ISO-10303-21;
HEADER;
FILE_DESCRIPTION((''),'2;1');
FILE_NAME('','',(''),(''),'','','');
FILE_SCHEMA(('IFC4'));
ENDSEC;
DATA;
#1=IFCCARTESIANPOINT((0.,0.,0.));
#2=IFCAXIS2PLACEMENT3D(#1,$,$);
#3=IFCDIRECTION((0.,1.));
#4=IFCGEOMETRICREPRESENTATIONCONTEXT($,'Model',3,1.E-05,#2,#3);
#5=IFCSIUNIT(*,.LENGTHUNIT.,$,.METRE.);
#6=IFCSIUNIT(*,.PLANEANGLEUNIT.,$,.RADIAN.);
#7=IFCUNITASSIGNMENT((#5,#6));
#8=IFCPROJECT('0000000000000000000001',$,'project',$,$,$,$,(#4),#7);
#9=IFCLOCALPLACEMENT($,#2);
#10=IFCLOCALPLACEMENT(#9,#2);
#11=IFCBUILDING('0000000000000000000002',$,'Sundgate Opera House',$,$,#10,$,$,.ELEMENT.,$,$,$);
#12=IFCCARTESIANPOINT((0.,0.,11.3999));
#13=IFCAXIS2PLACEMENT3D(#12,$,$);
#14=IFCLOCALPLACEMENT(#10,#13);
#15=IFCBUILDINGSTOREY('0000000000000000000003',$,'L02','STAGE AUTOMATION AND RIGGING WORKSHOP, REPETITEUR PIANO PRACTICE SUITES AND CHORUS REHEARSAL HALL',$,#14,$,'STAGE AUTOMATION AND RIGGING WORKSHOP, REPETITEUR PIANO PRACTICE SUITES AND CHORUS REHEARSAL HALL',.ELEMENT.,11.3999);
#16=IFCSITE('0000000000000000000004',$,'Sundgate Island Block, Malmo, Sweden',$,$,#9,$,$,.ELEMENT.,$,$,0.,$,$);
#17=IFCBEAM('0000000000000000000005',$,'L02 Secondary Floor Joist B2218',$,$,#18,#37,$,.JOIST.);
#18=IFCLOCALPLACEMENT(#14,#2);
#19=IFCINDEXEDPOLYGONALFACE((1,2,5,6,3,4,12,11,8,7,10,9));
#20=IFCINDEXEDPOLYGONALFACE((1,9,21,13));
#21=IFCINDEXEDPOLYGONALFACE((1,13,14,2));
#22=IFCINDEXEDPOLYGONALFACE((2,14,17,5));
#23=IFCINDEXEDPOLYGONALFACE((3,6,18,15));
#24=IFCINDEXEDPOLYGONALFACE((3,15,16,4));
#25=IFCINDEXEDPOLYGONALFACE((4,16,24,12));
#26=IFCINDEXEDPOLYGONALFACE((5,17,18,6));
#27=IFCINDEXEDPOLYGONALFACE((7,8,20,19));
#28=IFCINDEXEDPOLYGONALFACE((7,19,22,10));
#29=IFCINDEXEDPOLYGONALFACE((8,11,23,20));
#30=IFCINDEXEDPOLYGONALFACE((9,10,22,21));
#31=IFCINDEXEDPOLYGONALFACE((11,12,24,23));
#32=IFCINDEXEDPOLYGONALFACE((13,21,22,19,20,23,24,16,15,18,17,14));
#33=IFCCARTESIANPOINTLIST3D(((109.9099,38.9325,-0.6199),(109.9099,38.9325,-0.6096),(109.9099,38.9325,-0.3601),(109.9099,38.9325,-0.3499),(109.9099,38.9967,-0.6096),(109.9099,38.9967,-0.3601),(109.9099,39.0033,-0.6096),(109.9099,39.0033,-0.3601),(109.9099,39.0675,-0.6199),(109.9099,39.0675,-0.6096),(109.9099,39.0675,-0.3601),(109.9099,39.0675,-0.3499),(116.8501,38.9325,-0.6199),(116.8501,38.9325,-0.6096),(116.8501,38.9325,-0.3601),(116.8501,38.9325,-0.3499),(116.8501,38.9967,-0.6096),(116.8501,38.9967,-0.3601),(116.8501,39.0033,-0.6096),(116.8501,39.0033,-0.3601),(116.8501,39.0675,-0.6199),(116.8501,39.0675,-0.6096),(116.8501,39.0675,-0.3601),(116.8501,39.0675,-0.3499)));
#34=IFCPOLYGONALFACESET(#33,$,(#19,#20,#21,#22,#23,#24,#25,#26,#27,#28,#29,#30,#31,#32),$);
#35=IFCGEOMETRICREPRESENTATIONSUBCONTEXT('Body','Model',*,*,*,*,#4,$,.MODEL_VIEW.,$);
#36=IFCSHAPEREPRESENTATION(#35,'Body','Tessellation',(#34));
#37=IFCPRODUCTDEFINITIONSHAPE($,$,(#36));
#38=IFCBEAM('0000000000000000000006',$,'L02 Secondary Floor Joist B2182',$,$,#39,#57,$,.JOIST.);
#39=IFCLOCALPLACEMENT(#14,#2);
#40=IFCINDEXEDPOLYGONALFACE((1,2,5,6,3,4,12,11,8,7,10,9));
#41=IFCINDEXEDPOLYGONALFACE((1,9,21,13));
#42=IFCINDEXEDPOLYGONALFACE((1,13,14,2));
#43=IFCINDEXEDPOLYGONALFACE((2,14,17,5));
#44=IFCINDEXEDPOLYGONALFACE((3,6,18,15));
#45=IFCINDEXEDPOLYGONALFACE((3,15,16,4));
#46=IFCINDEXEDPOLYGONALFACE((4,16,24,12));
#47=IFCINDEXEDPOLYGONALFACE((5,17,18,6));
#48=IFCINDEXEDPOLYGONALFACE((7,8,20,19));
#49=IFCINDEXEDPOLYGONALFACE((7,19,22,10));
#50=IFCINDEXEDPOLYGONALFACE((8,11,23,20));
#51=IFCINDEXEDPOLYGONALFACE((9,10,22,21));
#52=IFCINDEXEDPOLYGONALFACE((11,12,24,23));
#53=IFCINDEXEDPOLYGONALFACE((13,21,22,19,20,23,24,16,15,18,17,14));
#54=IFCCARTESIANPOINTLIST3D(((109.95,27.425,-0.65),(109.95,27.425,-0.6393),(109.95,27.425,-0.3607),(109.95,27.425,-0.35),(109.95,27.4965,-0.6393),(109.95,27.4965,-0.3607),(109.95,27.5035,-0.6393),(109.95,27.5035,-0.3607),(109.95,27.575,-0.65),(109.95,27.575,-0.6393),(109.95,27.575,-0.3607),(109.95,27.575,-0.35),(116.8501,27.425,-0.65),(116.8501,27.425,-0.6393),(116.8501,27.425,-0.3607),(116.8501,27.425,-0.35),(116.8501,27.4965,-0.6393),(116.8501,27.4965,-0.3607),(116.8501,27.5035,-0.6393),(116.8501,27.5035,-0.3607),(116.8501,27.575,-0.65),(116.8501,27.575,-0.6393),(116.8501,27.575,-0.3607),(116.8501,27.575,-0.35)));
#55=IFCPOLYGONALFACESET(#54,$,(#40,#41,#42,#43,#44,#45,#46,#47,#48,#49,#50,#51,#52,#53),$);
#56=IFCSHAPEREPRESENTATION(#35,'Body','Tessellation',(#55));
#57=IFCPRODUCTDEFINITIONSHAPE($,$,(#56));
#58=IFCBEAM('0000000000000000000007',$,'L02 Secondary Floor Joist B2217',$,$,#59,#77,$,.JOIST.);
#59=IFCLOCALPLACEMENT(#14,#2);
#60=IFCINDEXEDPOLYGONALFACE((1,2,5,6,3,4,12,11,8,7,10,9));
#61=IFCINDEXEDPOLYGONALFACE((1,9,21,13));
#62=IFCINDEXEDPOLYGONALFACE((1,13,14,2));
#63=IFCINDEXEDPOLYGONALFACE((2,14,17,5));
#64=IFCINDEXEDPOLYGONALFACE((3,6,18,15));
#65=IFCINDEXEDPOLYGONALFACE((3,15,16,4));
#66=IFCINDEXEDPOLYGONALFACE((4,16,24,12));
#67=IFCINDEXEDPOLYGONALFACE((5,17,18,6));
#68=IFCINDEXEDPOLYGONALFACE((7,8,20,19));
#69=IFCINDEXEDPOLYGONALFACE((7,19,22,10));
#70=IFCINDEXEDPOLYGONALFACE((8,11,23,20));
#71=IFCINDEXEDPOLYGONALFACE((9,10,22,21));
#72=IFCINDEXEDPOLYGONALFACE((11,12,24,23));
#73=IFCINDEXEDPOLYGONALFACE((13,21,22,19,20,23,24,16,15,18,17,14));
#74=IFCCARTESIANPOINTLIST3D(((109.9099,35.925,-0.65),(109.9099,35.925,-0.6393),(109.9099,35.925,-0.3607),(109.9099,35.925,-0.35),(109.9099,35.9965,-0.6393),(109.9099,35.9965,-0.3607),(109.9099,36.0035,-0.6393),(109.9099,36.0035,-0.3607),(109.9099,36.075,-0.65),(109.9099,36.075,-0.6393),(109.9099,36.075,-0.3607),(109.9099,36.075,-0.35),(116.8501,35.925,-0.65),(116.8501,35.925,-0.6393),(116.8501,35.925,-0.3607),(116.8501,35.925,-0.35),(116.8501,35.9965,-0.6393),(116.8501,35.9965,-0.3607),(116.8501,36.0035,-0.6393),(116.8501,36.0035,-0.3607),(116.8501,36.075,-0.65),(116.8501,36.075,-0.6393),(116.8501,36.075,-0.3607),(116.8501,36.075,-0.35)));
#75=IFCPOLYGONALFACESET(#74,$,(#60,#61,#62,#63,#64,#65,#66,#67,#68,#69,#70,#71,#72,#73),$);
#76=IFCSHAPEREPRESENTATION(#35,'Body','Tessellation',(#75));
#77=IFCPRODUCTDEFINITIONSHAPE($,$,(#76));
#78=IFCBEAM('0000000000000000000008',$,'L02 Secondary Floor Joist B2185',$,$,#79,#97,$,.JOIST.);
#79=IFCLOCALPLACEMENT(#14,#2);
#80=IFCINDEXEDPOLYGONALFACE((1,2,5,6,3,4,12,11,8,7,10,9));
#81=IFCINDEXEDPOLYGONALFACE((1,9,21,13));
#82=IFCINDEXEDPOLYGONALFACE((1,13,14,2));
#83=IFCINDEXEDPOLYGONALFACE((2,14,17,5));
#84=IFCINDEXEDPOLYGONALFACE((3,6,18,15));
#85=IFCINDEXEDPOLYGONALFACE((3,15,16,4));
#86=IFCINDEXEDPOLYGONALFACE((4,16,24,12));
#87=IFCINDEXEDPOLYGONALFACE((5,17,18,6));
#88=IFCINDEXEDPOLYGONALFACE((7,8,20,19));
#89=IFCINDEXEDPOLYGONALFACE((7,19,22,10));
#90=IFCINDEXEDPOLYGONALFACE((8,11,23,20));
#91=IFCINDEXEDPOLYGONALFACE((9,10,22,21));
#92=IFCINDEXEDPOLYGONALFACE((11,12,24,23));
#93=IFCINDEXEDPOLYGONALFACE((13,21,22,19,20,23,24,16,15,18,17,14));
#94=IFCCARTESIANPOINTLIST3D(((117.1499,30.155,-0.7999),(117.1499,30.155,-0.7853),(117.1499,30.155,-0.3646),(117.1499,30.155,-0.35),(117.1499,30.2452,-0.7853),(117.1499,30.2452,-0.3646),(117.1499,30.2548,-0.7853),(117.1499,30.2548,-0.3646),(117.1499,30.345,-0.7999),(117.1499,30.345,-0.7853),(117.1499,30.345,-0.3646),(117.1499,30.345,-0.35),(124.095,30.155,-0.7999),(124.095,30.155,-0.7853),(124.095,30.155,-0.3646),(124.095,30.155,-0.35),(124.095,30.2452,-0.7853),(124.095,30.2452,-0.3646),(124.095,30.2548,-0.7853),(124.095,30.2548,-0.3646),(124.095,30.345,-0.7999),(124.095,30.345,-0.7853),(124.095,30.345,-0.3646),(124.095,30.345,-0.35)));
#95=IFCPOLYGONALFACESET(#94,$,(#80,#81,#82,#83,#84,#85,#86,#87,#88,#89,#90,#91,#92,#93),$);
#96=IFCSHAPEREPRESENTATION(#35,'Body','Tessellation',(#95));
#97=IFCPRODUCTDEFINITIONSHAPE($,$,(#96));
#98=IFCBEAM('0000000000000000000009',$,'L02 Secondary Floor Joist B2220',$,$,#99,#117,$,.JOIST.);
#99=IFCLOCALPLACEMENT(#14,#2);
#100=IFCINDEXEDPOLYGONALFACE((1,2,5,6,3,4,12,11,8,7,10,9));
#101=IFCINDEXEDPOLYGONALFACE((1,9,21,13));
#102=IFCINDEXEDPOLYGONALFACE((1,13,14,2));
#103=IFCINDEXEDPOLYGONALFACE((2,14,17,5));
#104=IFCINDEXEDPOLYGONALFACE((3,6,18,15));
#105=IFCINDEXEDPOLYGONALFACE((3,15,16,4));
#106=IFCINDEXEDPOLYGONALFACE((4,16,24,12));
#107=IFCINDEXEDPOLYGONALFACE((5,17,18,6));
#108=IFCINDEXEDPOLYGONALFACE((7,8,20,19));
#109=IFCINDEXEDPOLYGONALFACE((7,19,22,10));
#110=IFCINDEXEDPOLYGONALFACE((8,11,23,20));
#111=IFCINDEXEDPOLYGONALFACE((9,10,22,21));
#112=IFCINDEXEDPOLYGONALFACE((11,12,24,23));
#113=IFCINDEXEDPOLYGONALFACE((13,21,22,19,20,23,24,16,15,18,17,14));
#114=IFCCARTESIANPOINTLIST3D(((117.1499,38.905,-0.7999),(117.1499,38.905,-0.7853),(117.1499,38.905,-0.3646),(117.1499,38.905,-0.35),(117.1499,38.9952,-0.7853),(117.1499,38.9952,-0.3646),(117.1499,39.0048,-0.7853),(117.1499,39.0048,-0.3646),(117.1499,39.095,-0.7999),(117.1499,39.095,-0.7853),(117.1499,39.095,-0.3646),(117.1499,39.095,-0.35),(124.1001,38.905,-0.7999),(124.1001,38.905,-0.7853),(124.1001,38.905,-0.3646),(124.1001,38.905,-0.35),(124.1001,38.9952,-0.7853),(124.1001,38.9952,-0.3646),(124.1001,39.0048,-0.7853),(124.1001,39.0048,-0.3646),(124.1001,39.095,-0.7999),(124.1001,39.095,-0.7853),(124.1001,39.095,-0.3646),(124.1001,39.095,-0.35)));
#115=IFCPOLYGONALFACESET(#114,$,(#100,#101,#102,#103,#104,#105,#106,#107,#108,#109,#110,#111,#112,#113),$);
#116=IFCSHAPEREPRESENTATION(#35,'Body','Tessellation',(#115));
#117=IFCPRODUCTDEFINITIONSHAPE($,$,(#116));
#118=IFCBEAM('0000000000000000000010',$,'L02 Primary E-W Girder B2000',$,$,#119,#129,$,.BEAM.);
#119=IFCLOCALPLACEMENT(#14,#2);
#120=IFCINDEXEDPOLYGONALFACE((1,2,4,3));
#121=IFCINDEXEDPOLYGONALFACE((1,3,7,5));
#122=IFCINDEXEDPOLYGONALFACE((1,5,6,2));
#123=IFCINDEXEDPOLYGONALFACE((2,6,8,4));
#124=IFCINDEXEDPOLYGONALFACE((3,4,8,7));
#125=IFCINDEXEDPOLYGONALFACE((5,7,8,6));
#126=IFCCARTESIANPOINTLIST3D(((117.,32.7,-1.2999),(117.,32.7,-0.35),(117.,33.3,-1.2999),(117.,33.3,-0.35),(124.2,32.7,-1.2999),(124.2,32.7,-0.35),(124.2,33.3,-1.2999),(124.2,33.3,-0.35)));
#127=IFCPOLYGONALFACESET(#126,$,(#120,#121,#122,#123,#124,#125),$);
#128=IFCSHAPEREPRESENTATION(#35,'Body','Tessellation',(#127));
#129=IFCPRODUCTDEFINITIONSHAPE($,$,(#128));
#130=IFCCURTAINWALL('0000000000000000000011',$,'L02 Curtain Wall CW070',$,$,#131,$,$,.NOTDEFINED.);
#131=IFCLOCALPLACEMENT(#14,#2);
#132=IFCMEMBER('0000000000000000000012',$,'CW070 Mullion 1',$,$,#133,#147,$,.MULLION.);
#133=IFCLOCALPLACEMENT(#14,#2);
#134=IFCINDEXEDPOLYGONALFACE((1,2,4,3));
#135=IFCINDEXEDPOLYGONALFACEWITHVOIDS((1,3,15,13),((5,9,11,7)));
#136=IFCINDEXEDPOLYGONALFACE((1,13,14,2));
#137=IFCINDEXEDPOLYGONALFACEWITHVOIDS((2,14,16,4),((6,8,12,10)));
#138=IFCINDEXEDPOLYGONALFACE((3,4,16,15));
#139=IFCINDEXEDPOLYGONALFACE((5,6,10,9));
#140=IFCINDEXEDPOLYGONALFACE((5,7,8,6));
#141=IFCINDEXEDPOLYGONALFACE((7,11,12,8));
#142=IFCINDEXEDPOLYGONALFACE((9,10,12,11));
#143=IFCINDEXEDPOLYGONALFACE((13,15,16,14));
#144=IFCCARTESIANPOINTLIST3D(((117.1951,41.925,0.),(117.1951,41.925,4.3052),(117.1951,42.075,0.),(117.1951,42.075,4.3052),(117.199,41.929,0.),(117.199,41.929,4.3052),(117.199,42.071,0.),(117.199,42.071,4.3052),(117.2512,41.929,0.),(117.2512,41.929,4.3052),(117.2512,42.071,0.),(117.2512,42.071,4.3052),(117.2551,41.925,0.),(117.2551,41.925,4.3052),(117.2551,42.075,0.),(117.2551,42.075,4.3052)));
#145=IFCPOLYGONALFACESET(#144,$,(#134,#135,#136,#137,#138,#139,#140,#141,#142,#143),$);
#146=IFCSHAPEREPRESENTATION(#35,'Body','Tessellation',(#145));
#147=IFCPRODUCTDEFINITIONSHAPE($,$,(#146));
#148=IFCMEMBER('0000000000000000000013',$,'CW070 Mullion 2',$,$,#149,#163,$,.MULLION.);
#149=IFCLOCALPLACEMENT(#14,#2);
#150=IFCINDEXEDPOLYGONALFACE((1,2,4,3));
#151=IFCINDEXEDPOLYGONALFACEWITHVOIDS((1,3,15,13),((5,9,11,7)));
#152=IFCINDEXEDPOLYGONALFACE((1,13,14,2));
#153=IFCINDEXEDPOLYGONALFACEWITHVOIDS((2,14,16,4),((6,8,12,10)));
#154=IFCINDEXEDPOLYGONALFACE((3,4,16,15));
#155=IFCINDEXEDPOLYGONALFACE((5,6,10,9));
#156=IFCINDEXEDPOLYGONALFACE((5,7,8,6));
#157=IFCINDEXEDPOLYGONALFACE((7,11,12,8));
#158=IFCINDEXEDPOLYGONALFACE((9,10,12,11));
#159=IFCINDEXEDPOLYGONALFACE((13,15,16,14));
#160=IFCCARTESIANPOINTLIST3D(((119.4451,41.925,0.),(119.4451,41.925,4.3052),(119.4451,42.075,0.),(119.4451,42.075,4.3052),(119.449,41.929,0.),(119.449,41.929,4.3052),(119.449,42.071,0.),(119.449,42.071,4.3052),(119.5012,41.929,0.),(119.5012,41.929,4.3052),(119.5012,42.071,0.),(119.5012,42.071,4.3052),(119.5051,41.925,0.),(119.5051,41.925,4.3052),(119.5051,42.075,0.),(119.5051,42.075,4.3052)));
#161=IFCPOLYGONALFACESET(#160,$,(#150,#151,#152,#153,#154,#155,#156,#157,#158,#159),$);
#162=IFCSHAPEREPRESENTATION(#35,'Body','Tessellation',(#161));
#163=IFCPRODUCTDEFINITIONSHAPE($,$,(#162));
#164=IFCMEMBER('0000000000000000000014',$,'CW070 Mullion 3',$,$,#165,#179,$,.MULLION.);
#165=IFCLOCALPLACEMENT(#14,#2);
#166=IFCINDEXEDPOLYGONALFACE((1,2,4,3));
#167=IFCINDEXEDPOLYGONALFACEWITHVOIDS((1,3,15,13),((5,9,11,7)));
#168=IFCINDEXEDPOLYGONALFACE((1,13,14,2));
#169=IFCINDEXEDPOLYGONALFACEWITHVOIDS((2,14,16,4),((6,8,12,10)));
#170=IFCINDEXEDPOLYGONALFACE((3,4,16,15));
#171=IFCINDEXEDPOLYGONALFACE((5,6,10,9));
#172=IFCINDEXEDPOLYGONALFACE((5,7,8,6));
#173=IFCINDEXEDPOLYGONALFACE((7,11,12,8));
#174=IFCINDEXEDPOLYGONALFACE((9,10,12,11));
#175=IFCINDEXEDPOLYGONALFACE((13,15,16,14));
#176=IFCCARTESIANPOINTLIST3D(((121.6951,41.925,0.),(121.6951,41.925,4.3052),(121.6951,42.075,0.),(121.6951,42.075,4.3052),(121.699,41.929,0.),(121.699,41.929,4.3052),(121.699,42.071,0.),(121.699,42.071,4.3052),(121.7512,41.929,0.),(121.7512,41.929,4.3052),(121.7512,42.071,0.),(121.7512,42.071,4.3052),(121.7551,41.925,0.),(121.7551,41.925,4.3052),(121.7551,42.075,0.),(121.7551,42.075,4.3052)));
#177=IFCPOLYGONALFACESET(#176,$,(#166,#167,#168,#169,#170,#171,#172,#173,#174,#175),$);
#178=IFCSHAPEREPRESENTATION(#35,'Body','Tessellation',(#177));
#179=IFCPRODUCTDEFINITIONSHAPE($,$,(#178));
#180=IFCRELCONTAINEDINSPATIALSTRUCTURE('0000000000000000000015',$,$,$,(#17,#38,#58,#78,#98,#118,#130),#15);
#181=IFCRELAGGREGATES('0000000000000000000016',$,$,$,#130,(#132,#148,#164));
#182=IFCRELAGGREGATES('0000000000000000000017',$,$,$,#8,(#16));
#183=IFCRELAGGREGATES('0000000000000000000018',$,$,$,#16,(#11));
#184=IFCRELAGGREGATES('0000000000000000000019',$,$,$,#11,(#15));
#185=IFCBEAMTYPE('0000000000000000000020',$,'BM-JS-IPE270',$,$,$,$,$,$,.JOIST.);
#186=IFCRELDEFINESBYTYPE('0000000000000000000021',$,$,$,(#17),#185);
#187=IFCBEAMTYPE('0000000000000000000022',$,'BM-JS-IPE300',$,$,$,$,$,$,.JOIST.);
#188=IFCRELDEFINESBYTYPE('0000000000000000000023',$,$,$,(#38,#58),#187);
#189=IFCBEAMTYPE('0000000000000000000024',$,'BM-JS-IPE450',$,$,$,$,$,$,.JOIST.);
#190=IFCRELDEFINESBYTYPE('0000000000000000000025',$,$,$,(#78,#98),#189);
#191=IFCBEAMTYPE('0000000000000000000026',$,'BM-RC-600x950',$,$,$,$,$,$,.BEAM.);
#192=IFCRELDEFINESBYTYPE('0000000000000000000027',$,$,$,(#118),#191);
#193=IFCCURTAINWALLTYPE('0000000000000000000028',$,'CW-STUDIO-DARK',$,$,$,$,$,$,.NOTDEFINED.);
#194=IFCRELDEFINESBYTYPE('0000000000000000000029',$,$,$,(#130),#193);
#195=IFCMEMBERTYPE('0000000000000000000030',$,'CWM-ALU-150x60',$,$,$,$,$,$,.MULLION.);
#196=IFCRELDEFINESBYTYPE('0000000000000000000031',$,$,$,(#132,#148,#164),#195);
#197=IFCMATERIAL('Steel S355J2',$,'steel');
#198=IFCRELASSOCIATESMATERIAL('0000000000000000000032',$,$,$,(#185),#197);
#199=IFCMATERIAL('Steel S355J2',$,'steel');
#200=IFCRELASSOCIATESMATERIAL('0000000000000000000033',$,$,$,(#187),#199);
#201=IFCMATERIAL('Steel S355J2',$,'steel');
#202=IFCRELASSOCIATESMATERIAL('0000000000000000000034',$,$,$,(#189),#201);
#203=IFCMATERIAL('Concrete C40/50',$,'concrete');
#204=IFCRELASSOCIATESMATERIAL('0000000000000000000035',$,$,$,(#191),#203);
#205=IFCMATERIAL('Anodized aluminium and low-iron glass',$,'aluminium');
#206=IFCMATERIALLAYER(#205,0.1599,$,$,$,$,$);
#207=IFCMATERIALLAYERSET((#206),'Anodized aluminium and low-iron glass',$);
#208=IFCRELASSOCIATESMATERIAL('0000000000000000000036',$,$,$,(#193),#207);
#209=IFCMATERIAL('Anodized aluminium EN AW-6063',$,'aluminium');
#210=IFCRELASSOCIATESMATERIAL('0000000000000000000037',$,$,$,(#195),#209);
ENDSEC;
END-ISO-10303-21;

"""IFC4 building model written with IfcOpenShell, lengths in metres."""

from ifc_helpers import new_model, si_unit, direction, frame, origin, origin_2d, place, context, subcontext, project, spatial, rectangle, hollow_rectangle, i_section, extrude, material, layer, layer_set, material_profile, profile_set, type_object, element, aggregate, save


model = new_model("IFC4")

# Units and contexts
model_context = context("Model", 3, precision=1e-05, world=origin(), true_north=direction((0.0, 1.0)))
body_context = subcontext(model_context, "Body", "Model", "MODEL_VIEW")
ifc_project = project(units=[si_unit("LENGTHUNIT", "METRE"), si_unit("PLANEANGLEUNIT", "RADIAN")], contexts=[model_context])

# Site, building, storey
site_placement = place(None, origin())
site = spatial("IfcSite", under=ifc_project, at=site_placement, Name="Sundgate Island Block, Malmo, Sweden", CompositionType="ELEMENT", RefElevation=0.0)
building_placement = place(site_placement, origin())
building = spatial("IfcBuilding", under=site, at=building_placement, Name="Sundgate Opera House", CompositionType="ELEMENT")
storey_placement = place(building_placement, frame((0.0, 0.0, 11.3999)))
storey = spatial("IfcBuildingStorey", under=building, at=storey_placement, Name="L02", Description="STAGE AUTOMATION AND RIGGING WORKSHOP, REPETITEUR PIANO PRACTICE SUITES AND CHORUS REHEARSAL HALL", LongName="STAGE AUTOMATION AND RIGGING WORKSHOP, REPETITEUR PIANO PRACTICE SUITES AND CHORUS REHEARSAL HALL", CompositionType="ELEMENT", Elevation=11.3999)

# Beams
ifc_material_1 = material(Name="Steel S355J2", Category="steel")
ifc_material_profile_1 = material_profile(ifc_material_1, i_section(OverallWidth=0.135, OverallDepth=0.27, WebThickness=0.0066, FlangeThickness=0.0103, at=origin_2d()), Name="IPE 270")
ifc_profile_set_1 = profile_set([ifc_material_profile_1], Name="Steel S355J2")
beam_type_1 = type_object("IfcBeamType", Name="BM-JS-IPE270", PredefinedType="JOIST", material=ifc_profile_set_1)
beam_1_placement = place(storey_placement, frame((109.9099, 39.0, -0.4849), z_axis=(1.0, 0.0, 0.0), x_axis=(0.0, 1.0, 0.0)))
element("IfcBeam", 1, at=beam_1_placement, inside=storey, type_object=beam_type_1, Name="L02 Secondary Floor Joist B2218", PredefinedType="JOIST", context=body_context, shape_type="SweptSolid", body=[
    extrude(i_section(OverallWidth=0.135, OverallDepth=0.27, WebThickness=0.0066, FlangeThickness=0.0103, at=origin_2d()), origin(), (0.0, 0.0, 1.0), 6.9402),
])
ifc_material_2 = material(Name="Steel S355J2", Category="steel")
ifc_material_profile_2 = material_profile(ifc_material_2, i_section(OverallWidth=0.1499, OverallDepth=0.3, WebThickness=0.0071, FlangeThickness=0.0107, at=origin_2d()), Name="IPE 300")
ifc_profile_set_2 = profile_set([ifc_material_profile_2], Name="Steel S355J2")
beam_type_2 = type_object("IfcBeamType", Name="BM-JS-IPE300", PredefinedType="JOIST", material=ifc_profile_set_2)
beam_2_placement = place(storey_placement, frame((109.95, 27.5, -0.5), z_axis=(1.0, 0.0, 0.0), x_axis=(0.0, 1.0, 0.0)))
element("IfcBeam", 2, at=beam_2_placement, inside=storey, type_object=beam_type_2, Name="L02 Secondary Floor Joist B2182", PredefinedType="JOIST", context=body_context, shape_type="SweptSolid", body=[
    extrude(i_section(OverallWidth=0.1499, OverallDepth=0.3, WebThickness=0.0071, FlangeThickness=0.0107, at=origin_2d()), origin(), (0.0, 0.0, 1.0), 6.9001),
])
beam_3_placement = place(storey_placement, frame((109.9099, 36.0, -0.5), z_axis=(1.0, 0.0, 0.0), x_axis=(0.0, 1.0, 0.0)))
element("IfcBeam", 3, at=beam_3_placement, inside=storey, type_object=beam_type_2, Name="L02 Secondary Floor Joist B2217", PredefinedType="JOIST", context=body_context, shape_type="SweptSolid", body=[
    extrude(i_section(OverallWidth=0.1499, OverallDepth=0.3, WebThickness=0.0071, FlangeThickness=0.0107, at=origin_2d()), origin(), (0.0, 0.0, 1.0), 6.9402),
])
ifc_material_3 = material(Name="Steel S355J2", Category="steel")
ifc_material_profile_3 = material_profile(ifc_material_3, i_section(OverallWidth=0.1899, OverallDepth=0.45, WebThickness=0.0095, FlangeThickness=0.0146, at=origin_2d()), Name="IPE 450")
ifc_profile_set_3 = profile_set([ifc_material_profile_3], Name="Steel S355J2")
beam_type_3 = type_object("IfcBeamType", Name="BM-JS-IPE450", PredefinedType="JOIST", material=ifc_profile_set_3)
beam_4_placement = place(storey_placement, frame((117.1499, 30.25, -0.575), z_axis=(1.0, 0.0, 0.0), x_axis=(0.0, 1.0, 0.0)))
element("IfcBeam", 4, at=beam_4_placement, inside=storey, type_object=beam_type_3, Name="L02 Secondary Floor Joist B2185", PredefinedType="JOIST", context=body_context, shape_type="SweptSolid", body=[
    extrude(i_section(OverallWidth=0.1899, OverallDepth=0.45, WebThickness=0.0095, FlangeThickness=0.0146, at=origin_2d()), origin(), (0.0, 0.0, 1.0), 6.9451),
])
beam_5_placement = place(storey_placement, frame((117.1499, 39.0, -0.575), z_axis=(1.0, 0.0, 0.0), x_axis=(0.0, 1.0, 0.0)))
element("IfcBeam", 5, at=beam_5_placement, inside=storey, type_object=beam_type_3, Name="L02 Secondary Floor Joist B2220", PredefinedType="JOIST", context=body_context, shape_type="SweptSolid", body=[
    extrude(i_section(OverallWidth=0.1899, OverallDepth=0.45, WebThickness=0.0095, FlangeThickness=0.0146, at=origin_2d()), origin(), (0.0, 0.0, 1.0), 6.9502),
])
ifc_material_4 = material(Name="Concrete C40/50", Category="concrete")
ifc_material_profile_4 = material_profile(ifc_material_4, rectangle(XDim=0.6001, YDim=0.95, at=origin_2d()), Name="RC 600x950")
ifc_profile_set_4 = profile_set([ifc_material_profile_4], Name="Concrete C40/50")
beam_type_4 = type_object("IfcBeamType", Name="BM-RC-600x950", PredefinedType="BEAM", material=ifc_profile_set_4)
beam_6_placement = place(storey_placement, frame((117.0, 33.0, -0.825), z_axis=(1.0, 0.0, 0.0), x_axis=(0.0, 1.0, 0.0)))
element("IfcBeam", 6, at=beam_6_placement, inside=storey, type_object=beam_type_4, Name="L02 Primary E-W Girder B2000", PredefinedType="BEAM", context=body_context, shape_type="SweptSolid", body=[
    extrude(rectangle(XDim=0.6001, YDim=0.95, at=origin_2d()), origin(), (0.0, 0.0, 1.0), 7.2),
])

# Curtain wall, members
ifc_material_5 = material(Name="Anodized aluminium and low-iron glass", Category="aluminium")
ifc_layer_1 = layer(ifc_material_5, 0.1599)
ifc_layer_set_1 = layer_set([ifc_layer_1], Name="Anodized aluminium and low-iron glass")
curtain_wall_type = type_object("IfcCurtainWallType", Name="CW-STUDIO-DARK", PredefinedType="NOTDEFINED", material=ifc_layer_set_1)
curtain_wall_placement = place(storey_placement, origin())
curtain_wall = element("IfcCurtainWall", 7, at=curtain_wall_placement, inside=storey, type_object=curtain_wall_type, Name="L02 Curtain Wall CW070", PredefinedType="NOTDEFINED")
ifc_material_6 = material(Name="Anodized aluminium EN AW-6063", Category="aluminium")
ifc_material_profile_5 = material_profile(ifc_material_6, hollow_rectangle(XDim=0.0601, YDim=0.1499, WallThickness=0.0039, at=origin_2d()), Name="CWM 150x60x4")
ifc_profile_set_5 = profile_set([ifc_material_profile_5], Name="Anodized aluminium EN AW-6063")
member_type_1 = type_object("IfcMemberType", Name="CWM-ALU-150x60", PredefinedType="MULLION", material=ifc_profile_set_5)
member_1_placement = place(storey_placement, frame((117.2251, 42.0, 0.0), z_axis=(0.0, 0.0, 1.0), x_axis=(1.0, 0.0, 0.0)))
member_1 = element("IfcMember", 8, at=member_1_placement, type_object=member_type_1, Name="CW070 Mullion 1", PredefinedType="MULLION", context=body_context, shape_type="SweptSolid", body=[
    extrude(hollow_rectangle(XDim=0.0601, YDim=0.1499, WallThickness=0.0039, at=origin_2d()), origin(), (0.0, 0.0, 1.0), 4.3052),
])
member_2_placement = place(storey_placement, frame((119.4751, 42.0, 0.0), z_axis=(0.0, 0.0, 1.0), x_axis=(1.0, 0.0, 0.0)))
member_2 = element("IfcMember", 9, at=member_2_placement, type_object=member_type_1, Name="CW070 Mullion 2", PredefinedType="MULLION", context=body_context, shape_type="SweptSolid", body=[
    extrude(hollow_rectangle(XDim=0.0601, YDim=0.1499, WallThickness=0.0039, at=origin_2d()), origin(), (0.0, 0.0, 1.0), 4.3052),
])
member_3_placement = place(storey_placement, frame((121.7251, 42.0, 0.0), z_axis=(0.0, 0.0, 1.0), x_axis=(1.0, 0.0, 0.0)))
member_3 = element("IfcMember", 10, at=member_3_placement, type_object=member_type_1, Name="CW070 Mullion 3", PredefinedType="MULLION", context=body_context, shape_type="SweptSolid", body=[
    extrude(hollow_rectangle(XDim=0.0601, YDim=0.1499, WallThickness=0.0039, at=origin_2d()), origin(), (0.0, 0.0, 1.0), 4.3052),
])

aggregate(curtain_wall, [member_1, member_2, member_3])

save(model, "model.ifc")
